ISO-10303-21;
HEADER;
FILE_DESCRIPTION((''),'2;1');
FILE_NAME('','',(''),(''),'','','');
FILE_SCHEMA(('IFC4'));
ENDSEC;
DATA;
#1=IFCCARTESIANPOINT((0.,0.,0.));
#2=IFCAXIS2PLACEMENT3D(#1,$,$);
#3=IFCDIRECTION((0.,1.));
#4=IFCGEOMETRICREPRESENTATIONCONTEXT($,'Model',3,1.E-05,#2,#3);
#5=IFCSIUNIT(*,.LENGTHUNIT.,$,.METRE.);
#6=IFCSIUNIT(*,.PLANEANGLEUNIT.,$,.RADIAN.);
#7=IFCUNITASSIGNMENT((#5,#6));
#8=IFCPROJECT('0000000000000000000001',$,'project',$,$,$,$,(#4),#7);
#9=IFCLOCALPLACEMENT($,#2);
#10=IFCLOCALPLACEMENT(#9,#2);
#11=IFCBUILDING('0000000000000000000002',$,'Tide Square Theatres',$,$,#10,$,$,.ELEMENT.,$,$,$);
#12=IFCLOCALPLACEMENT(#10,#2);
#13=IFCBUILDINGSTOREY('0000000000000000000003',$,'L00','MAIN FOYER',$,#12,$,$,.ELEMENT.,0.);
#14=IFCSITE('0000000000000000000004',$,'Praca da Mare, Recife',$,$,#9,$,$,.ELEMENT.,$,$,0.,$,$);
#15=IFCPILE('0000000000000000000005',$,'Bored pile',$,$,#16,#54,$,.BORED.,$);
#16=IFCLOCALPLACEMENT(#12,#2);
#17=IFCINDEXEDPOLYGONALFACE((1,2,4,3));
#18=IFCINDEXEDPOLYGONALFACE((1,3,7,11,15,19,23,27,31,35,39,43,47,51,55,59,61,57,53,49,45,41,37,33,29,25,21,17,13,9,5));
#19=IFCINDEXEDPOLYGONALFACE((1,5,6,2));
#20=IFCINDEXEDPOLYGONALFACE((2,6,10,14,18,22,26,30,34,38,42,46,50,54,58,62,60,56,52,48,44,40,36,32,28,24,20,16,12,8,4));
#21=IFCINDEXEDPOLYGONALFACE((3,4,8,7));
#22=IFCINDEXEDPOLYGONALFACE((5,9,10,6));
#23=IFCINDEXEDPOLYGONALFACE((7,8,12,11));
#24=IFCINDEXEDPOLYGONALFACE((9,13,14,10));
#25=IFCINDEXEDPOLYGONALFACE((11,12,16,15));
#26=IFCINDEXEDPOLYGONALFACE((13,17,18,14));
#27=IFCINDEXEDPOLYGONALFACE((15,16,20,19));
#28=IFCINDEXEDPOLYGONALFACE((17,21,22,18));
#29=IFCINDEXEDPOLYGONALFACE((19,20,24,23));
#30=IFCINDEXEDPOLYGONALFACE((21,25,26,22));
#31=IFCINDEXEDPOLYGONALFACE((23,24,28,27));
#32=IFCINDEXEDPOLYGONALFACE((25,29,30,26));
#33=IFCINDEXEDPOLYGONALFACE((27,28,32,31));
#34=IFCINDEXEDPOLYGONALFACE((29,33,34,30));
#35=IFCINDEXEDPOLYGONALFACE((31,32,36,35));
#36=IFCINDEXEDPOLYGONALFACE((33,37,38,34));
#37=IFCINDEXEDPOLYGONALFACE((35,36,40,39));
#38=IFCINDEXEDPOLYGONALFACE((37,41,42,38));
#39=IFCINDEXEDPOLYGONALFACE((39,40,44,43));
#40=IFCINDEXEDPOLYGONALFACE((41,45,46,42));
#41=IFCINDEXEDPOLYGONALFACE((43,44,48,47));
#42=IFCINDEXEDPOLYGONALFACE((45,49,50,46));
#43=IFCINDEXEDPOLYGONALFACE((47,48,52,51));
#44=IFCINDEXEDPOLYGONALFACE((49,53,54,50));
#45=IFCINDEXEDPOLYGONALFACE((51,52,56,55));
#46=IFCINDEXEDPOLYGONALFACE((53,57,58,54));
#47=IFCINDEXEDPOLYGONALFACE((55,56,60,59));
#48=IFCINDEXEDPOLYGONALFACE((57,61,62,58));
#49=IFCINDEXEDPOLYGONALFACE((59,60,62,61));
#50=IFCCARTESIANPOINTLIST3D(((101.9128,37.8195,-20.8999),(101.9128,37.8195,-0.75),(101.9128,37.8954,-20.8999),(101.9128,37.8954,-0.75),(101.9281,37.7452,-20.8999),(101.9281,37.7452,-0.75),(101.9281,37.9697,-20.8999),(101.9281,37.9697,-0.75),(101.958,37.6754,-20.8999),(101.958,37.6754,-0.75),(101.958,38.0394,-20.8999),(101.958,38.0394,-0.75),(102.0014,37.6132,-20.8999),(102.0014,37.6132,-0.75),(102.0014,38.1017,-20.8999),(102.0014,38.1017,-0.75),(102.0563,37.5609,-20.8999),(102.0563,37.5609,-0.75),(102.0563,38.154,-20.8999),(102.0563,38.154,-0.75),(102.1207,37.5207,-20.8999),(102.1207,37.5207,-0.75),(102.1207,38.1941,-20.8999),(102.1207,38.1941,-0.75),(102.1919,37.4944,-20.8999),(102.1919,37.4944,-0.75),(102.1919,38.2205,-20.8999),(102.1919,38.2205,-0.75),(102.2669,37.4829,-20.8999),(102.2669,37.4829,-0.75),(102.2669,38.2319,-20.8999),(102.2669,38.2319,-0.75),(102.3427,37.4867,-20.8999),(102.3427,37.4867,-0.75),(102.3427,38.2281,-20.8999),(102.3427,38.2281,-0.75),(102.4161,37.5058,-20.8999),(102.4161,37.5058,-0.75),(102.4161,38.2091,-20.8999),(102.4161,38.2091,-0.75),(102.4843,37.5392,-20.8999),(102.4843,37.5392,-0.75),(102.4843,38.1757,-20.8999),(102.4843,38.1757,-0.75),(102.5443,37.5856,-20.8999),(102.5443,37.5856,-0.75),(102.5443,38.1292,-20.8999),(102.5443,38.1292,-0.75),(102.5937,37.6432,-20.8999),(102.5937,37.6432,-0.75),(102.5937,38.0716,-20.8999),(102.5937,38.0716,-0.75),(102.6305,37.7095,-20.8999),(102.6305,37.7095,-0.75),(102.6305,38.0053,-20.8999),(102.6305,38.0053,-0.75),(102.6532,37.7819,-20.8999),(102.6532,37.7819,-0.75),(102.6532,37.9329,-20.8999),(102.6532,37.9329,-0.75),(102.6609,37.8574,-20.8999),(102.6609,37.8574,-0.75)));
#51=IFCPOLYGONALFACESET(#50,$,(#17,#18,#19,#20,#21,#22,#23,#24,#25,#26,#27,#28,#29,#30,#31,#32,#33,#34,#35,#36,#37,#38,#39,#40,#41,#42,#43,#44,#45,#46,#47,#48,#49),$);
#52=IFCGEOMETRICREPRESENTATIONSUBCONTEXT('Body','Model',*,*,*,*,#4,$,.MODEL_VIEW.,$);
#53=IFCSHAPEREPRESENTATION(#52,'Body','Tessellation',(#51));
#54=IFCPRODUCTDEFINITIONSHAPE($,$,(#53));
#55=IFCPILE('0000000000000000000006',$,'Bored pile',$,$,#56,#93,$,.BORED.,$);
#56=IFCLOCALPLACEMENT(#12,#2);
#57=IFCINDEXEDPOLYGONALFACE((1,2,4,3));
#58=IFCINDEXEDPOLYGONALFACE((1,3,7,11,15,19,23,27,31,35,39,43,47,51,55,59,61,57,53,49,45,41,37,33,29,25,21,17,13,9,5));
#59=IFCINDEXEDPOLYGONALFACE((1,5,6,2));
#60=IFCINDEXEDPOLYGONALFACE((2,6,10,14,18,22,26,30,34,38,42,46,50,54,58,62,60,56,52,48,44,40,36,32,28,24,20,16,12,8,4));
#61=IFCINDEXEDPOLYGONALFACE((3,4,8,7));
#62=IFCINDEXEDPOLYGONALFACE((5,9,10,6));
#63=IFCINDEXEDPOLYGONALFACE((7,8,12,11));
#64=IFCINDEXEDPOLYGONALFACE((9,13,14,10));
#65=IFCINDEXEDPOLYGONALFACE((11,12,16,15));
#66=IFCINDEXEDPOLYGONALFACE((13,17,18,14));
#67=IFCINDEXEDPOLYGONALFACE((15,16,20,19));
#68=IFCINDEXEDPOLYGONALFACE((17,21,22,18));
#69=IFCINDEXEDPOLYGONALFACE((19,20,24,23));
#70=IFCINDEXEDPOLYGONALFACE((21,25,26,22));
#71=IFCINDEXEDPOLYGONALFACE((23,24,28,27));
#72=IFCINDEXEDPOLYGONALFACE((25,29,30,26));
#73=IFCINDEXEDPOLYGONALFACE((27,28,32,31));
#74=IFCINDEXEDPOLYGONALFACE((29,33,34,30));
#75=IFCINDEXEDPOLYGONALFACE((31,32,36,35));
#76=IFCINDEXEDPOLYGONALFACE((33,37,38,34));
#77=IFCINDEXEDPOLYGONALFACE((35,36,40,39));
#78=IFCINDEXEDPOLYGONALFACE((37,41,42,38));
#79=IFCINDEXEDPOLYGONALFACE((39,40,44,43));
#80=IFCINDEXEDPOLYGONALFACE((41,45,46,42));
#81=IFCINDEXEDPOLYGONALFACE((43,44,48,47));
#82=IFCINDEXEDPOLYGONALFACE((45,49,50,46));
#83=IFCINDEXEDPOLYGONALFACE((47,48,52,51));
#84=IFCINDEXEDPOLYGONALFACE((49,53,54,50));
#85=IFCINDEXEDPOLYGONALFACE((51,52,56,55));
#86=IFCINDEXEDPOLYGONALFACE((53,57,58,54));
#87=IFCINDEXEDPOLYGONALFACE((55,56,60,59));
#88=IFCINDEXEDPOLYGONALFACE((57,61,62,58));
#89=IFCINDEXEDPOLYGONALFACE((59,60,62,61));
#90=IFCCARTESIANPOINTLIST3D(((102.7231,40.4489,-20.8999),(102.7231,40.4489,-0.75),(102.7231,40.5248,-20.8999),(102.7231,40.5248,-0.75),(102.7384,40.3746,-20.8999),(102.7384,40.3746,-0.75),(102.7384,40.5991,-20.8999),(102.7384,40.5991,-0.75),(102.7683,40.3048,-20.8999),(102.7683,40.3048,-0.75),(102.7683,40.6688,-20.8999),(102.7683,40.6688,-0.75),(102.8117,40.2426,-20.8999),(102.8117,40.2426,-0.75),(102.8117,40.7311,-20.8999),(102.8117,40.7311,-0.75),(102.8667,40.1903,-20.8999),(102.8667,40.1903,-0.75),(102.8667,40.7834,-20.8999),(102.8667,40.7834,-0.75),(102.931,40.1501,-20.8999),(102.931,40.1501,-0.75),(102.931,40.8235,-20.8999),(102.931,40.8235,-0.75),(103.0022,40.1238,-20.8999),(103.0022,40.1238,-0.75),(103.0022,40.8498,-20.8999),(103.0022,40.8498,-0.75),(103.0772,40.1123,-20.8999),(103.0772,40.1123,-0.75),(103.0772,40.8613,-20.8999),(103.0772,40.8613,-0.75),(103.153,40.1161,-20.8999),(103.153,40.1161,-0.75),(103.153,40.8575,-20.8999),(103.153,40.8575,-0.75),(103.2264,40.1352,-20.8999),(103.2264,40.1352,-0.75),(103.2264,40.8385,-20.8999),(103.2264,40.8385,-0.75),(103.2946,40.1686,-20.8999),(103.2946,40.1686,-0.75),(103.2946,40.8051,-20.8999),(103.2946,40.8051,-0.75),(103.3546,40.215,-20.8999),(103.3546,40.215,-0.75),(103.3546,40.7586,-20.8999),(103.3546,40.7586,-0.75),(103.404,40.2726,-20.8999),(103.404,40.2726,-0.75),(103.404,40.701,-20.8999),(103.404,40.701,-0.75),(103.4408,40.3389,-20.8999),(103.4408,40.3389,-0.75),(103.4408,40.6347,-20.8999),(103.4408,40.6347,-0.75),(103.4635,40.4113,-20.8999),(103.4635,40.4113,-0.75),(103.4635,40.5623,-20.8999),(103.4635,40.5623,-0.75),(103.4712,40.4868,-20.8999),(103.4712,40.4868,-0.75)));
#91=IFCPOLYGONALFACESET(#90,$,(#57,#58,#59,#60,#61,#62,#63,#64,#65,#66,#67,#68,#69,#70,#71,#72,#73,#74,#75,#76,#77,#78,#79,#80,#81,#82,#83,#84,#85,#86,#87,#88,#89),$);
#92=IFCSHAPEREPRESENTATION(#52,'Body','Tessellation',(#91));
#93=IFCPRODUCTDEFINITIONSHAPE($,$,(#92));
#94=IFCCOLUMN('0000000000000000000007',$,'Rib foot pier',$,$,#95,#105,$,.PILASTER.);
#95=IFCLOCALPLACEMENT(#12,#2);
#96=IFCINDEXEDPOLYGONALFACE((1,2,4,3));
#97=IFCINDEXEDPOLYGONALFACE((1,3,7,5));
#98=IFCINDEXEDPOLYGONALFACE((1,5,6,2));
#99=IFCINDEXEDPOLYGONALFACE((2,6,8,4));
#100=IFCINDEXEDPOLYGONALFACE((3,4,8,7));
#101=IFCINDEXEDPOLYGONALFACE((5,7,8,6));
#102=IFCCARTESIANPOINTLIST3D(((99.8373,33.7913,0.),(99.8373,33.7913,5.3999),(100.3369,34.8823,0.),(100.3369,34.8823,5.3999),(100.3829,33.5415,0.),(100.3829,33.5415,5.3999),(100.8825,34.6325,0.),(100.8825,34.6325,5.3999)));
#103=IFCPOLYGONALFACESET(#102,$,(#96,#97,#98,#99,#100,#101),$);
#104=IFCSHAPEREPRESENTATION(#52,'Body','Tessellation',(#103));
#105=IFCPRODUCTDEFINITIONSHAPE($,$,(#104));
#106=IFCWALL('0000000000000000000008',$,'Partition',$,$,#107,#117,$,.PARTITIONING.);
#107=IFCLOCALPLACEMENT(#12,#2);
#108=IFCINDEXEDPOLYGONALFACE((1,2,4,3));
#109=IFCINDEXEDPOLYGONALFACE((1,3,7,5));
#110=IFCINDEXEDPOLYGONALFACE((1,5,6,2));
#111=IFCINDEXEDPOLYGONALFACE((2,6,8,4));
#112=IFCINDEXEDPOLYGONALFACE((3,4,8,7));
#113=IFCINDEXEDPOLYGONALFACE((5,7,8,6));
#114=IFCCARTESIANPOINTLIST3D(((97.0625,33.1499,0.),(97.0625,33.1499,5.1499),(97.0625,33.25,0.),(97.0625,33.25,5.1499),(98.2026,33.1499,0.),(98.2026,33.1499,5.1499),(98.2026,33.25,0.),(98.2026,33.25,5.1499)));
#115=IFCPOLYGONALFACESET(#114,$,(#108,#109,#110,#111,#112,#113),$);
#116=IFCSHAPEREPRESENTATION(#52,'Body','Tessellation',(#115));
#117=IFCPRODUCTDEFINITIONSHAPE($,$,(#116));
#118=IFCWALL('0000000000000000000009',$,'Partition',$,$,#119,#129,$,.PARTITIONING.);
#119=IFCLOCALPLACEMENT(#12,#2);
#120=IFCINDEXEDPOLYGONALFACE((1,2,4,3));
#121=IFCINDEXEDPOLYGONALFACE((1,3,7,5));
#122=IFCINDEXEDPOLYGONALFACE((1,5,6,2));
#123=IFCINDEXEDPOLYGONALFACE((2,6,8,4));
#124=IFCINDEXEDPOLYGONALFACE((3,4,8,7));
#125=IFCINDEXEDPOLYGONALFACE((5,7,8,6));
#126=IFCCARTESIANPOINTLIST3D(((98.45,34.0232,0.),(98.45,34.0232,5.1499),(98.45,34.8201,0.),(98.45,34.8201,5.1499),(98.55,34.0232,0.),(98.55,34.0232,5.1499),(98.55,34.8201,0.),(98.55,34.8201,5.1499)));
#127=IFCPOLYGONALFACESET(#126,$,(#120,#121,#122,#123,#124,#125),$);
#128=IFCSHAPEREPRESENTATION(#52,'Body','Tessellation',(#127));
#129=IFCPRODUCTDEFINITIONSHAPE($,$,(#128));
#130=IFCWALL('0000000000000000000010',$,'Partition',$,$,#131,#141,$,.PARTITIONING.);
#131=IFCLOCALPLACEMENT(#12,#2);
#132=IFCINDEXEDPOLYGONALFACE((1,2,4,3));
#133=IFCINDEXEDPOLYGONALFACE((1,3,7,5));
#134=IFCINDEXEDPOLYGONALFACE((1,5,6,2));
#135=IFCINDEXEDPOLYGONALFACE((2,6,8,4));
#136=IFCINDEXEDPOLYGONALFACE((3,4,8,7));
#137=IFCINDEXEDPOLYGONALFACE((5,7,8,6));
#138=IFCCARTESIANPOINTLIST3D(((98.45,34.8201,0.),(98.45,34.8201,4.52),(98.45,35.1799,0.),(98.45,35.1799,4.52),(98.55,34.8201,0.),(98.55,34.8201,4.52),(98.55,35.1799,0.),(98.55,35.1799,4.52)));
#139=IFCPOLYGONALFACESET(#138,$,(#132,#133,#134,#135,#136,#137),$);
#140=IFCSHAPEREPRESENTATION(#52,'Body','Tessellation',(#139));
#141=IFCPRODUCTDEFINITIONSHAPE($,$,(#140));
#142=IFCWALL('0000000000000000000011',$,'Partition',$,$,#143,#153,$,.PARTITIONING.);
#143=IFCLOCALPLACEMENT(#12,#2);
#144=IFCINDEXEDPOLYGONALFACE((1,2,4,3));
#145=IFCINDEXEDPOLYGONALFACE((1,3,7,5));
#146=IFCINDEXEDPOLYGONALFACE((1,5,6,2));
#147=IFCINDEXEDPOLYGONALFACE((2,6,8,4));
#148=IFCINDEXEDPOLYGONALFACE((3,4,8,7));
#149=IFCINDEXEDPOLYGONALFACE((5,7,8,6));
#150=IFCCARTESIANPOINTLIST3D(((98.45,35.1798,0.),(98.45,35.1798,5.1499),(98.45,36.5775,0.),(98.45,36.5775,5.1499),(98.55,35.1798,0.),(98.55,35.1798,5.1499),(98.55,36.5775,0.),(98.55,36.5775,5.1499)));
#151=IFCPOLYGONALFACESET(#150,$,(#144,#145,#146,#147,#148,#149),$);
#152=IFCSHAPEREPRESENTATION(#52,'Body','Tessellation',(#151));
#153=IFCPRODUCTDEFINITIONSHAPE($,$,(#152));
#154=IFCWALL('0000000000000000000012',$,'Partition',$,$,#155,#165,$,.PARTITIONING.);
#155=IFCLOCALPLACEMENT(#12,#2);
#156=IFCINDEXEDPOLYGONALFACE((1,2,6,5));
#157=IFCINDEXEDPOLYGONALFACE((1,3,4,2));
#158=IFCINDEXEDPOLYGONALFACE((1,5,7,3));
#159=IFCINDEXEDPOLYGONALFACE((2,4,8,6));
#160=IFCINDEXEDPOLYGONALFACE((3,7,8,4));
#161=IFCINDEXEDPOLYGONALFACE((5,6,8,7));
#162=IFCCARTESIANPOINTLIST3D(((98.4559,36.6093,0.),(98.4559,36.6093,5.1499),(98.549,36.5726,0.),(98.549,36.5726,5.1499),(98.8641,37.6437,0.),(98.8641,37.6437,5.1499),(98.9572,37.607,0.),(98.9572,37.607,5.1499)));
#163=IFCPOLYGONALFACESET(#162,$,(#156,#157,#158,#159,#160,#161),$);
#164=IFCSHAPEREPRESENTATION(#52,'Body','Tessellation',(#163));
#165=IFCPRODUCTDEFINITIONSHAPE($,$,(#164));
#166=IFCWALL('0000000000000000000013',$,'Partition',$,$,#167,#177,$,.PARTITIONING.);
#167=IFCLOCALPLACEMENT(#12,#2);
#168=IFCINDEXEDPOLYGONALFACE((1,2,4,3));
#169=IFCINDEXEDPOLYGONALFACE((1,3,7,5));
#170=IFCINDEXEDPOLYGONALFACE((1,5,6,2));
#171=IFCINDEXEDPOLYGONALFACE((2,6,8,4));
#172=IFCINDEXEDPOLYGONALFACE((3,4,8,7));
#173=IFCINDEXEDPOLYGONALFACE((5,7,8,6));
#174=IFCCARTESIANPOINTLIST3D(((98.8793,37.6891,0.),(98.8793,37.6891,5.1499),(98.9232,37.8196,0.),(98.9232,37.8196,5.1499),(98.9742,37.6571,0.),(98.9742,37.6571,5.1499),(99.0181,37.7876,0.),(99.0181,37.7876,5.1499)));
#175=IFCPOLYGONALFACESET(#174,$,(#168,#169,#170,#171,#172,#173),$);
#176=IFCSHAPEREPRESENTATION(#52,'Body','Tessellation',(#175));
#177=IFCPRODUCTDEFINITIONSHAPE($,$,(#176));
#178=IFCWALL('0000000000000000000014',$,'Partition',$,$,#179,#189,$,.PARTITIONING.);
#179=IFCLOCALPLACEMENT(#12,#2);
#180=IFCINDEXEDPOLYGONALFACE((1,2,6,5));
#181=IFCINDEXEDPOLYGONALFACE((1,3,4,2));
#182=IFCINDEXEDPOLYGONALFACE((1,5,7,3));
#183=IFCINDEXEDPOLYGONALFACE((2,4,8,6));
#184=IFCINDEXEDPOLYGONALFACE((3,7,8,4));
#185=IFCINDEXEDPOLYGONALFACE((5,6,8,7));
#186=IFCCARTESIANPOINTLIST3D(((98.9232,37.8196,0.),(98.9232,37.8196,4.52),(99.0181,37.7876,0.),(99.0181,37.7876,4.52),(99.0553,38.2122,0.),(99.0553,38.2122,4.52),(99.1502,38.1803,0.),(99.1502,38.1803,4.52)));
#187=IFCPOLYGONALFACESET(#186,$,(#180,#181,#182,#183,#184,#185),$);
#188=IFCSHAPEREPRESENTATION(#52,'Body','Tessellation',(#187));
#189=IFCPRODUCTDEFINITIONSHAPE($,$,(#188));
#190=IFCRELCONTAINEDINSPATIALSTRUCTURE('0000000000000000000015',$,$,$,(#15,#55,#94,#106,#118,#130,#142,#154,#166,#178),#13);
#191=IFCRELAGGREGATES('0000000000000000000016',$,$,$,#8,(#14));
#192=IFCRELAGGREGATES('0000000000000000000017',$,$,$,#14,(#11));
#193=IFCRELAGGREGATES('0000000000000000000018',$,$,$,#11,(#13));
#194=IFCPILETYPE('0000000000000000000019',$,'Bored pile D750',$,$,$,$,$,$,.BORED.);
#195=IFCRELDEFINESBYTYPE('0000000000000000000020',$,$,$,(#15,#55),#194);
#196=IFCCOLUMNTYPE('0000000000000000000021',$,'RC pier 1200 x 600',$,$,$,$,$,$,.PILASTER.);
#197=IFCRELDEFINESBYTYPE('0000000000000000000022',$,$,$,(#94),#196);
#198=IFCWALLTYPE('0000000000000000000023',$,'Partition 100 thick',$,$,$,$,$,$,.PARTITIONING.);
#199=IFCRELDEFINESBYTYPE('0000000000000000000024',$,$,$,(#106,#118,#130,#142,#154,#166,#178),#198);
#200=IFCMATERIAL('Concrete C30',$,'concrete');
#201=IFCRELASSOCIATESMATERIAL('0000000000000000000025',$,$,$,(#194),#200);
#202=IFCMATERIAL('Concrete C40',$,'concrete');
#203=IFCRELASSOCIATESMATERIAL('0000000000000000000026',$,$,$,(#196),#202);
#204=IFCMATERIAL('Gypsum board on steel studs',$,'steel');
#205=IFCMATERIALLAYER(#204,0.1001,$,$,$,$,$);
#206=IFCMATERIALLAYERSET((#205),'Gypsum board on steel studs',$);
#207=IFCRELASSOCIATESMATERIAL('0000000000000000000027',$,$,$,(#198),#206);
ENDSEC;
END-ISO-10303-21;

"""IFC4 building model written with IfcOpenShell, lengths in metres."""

from ifc_helpers import new_model, si_unit, direction, frame, frame_2d, origin, origin_2d, place, context, subcontext, project, spatial, rectangle, circle, extrude, material, layer, layer_set, material_profile, profile_set, type_object, element, save


model = new_model("IFC4")

# Units and contexts
model_context = context("Model", 3, precision=1e-05, world=origin(), true_north=direction((0.0, 1.0)))
body_context = subcontext(model_context, "Body", "Model", "MODEL_VIEW")
ifc_project = project(units=[si_unit("LENGTHUNIT", "METRE"), si_unit("PLANEANGLEUNIT", "RADIAN")], contexts=[model_context])

# Site, building, storey
site_placement = place(None, origin())
site = spatial("IfcSite", under=ifc_project, at=site_placement, Name="Praca da Mare, Recife", CompositionType="ELEMENT", RefElevation=0.0)
building_placement = place(site_placement, origin())
building = spatial("IfcBuilding", under=site, at=building_placement, Name="Tide Square Theatres", CompositionType="ELEMENT")
storey_placement = place(building_placement, origin())
storey = spatial("IfcBuildingStorey", under=building, at=storey_placement, Name="L00", Description="MAIN FOYER", CompositionType="ELEMENT", Elevation=0.0)

# Piles
ifc_material_1 = material(Name="Concrete C30", Category="concrete")
ifc_material_profile_1 = material_profile(ifc_material_1, circle(Radius=0.375, at=origin_2d()))
ifc_profile_set_1 = profile_set([ifc_material_profile_1], Name="Concrete C30")
pile_type_1 = type_object("IfcPileType", Name="Bored pile D750", PredefinedType="BORED", material=ifc_profile_set_1)
for number, where, z_axis, x_axis, name in (
    (1, (102.2859, 37.8574, -0.75), (0.0, 0.0, -1.0), (1.0, 0.0, 0.0), "Bored pile"),
    (2, (103.0962, 40.4868, -0.75), (0.0, 0.0, -1.0), (1.0, 0.0, 0.0), "Bored pile"),
):
    element("IfcPile", number, at=place(storey_placement, frame(where, z_axis=z_axis, x_axis=x_axis)), inside=storey, type_object=pile_type_1, Name=name, PredefinedType="BORED", context=body_context, shape_type="SweptSolid", body=[
        extrude(circle(Radius=0.375, at=origin_2d()), origin(), (0.0, 0.0, 1.0), 20.1499),
    ])

# Column
ifc_material_2 = material(Name="Concrete C40", Category="concrete")
ifc_material_profile_2 = material_profile(ifc_material_2, rectangle(XDim=1.2, YDim=0.6001, at=origin_2d()))
ifc_profile_set_2 = profile_set([ifc_material_profile_2], Name="Concrete C40")
column_type = type_object("IfcColumnType", Name="RC pier 1200 x 600", PredefinedType="PILASTER", material=ifc_profile_set_2)
column_placement = place(storey_placement, frame((100.3599, 34.2119, 0.0), z_axis=(0.0, 0.0, 1.0), x_axis=(0.416344, 0.909207, 0.0)))
element("IfcColumn", 3, at=column_placement, inside=storey, type_object=column_type, Name="Rib foot pier", PredefinedType="PILASTER", context=body_context, shape_type="SweptSolid", body=[
    extrude(rectangle(XDim=1.2, YDim=0.6001, at=origin_2d()), origin(), (0.0, 0.0, 1.0), 5.3999),
])

# Walls
ifc_material_3 = material(Name="Gypsum board on steel studs", Category="steel")
ifc_layer_1 = layer(ifc_material_3, 0.1001)
ifc_layer_set_1 = layer_set([ifc_layer_1], Name="Gypsum board on steel studs")
wall_type_1 = type_object("IfcWallType", Name="Partition 100 thick", PredefinedType="PARTITIONING", material=ifc_layer_set_1)
wall_1_placement = place(storey_placement, frame((97.0625, 33.2, 0.0), z_axis=(0.0, 0.0, 1.0), x_axis=(1.0, 0.0, 0.0)))
element("IfcWall", 4, at=wall_1_placement, inside=storey, type_object=wall_type_1, Name="Partition", PredefinedType="PARTITIONING", context=body_context, shape_type="SweptSolid", body=[
    extrude(rectangle(XDim=1.1401, YDim=0.1001, at=frame_2d((0.5701, 0.0))), origin(), (0.0, 0.0, 1.0), 5.1499),
])
wall_2_placement = place(storey_placement, frame((98.5, 34.0232, 0.0), z_axis=(0.0, 0.0, 1.0), x_axis=(0.0, 1.0, 0.0)))
element("IfcWall", 5, at=wall_2_placement, inside=storey, type_object=wall_type_1, Name="Partition", PredefinedType="PARTITIONING", context=body_context, shape_type="SweptSolid", body=[
    extrude(rectangle(XDim=0.7969, YDim=0.1001, at=frame_2d((0.3984, 0.0))), origin(), (0.0, 0.0, 1.0), 5.1499),
])
wall_3_placement = place(storey_placement, frame((98.5, 34.8201, 0.0), z_axis=(0.0, 0.0, 1.0), x_axis=(0.0, 1.0, 0.0)))
element("IfcWall", 6, at=wall_3_placement, inside=storey, type_object=wall_type_1, Name="Partition", PredefinedType="PARTITIONING", context=body_context, shape_type="SweptSolid", body=[
    extrude(rectangle(XDim=0.3599, YDim=0.1001, at=frame_2d((0.1799, 0.0))), origin(), (0.0, 0.0, 1.0), 4.52),
])
wall_4_placement = place(storey_placement, frame((98.5, 35.1799, 0.0), z_axis=(0.0, 0.0, 1.0), x_axis=(0.0, 1.0, 0.0)))
element("IfcWall", 7, at=wall_4_placement, inside=storey, type_object=wall_type_1, Name="Partition", PredefinedType="PARTITIONING", context=body_context, shape_type="SweptSolid", body=[
    extrude(rectangle(XDim=1.3977, YDim=0.1001, at=frame_2d((0.6987, 0.0))), origin(), (0.0, 0.0, 1.0), 5.1499),
])
wall_5_placement = place(storey_placement, frame((98.5024, 36.5908, 0.0), z_axis=(0.0, 0.0, 1.0), x_axis=(0.367072, 0.930193, 0.0)))
element("IfcWall", 8, at=wall_5_placement, inside=storey, type_object=wall_type_1, Name="Partition", PredefinedType="PARTITIONING", context=body_context, shape_type="SweptSolid", body=[
    extrude(rectangle(XDim=1.1121, YDim=0.1001, at=frame_2d((0.5562, 0.0))), origin(), (0.0, 0.0, 1.0), 5.1499),
])
wall_6_placement = place(storey_placement, frame((98.9268, 37.6731, 0.0), z_axis=(0.0, 0.0, 1.0), x_axis=(0.318884, 0.947794, 0.0)))
element("IfcWall", 9, at=wall_6_placement, inside=storey, type_object=wall_type_1, Name="Partition", PredefinedType="PARTITIONING", context=body_context, shape_type="SweptSolid", body=[
    extrude(rectangle(XDim=0.1377, YDim=0.1001, at=frame_2d((0.0688, 0.0))), origin(), (0.0, 0.0, 1.0), 5.1499),
])
wall_7_placement = place(storey_placement, frame((98.9707, 37.8037, 0.0), z_axis=(0.0, 0.0, 1.0), x_axis=(0.318879, 0.947795, 0.0)))
element("IfcWall", 10, at=wall_7_placement, inside=storey, type_object=wall_type_1, Name="Partition", PredefinedType="PARTITIONING", context=body_context, shape_type="SweptSolid", body=[
    extrude(rectangle(XDim=0.4143, YDim=0.1001, at=frame_2d((0.207, 0.0))), origin(), (0.0, 0.0, 1.0), 4.52),
])

save(model, "model.ifc")
